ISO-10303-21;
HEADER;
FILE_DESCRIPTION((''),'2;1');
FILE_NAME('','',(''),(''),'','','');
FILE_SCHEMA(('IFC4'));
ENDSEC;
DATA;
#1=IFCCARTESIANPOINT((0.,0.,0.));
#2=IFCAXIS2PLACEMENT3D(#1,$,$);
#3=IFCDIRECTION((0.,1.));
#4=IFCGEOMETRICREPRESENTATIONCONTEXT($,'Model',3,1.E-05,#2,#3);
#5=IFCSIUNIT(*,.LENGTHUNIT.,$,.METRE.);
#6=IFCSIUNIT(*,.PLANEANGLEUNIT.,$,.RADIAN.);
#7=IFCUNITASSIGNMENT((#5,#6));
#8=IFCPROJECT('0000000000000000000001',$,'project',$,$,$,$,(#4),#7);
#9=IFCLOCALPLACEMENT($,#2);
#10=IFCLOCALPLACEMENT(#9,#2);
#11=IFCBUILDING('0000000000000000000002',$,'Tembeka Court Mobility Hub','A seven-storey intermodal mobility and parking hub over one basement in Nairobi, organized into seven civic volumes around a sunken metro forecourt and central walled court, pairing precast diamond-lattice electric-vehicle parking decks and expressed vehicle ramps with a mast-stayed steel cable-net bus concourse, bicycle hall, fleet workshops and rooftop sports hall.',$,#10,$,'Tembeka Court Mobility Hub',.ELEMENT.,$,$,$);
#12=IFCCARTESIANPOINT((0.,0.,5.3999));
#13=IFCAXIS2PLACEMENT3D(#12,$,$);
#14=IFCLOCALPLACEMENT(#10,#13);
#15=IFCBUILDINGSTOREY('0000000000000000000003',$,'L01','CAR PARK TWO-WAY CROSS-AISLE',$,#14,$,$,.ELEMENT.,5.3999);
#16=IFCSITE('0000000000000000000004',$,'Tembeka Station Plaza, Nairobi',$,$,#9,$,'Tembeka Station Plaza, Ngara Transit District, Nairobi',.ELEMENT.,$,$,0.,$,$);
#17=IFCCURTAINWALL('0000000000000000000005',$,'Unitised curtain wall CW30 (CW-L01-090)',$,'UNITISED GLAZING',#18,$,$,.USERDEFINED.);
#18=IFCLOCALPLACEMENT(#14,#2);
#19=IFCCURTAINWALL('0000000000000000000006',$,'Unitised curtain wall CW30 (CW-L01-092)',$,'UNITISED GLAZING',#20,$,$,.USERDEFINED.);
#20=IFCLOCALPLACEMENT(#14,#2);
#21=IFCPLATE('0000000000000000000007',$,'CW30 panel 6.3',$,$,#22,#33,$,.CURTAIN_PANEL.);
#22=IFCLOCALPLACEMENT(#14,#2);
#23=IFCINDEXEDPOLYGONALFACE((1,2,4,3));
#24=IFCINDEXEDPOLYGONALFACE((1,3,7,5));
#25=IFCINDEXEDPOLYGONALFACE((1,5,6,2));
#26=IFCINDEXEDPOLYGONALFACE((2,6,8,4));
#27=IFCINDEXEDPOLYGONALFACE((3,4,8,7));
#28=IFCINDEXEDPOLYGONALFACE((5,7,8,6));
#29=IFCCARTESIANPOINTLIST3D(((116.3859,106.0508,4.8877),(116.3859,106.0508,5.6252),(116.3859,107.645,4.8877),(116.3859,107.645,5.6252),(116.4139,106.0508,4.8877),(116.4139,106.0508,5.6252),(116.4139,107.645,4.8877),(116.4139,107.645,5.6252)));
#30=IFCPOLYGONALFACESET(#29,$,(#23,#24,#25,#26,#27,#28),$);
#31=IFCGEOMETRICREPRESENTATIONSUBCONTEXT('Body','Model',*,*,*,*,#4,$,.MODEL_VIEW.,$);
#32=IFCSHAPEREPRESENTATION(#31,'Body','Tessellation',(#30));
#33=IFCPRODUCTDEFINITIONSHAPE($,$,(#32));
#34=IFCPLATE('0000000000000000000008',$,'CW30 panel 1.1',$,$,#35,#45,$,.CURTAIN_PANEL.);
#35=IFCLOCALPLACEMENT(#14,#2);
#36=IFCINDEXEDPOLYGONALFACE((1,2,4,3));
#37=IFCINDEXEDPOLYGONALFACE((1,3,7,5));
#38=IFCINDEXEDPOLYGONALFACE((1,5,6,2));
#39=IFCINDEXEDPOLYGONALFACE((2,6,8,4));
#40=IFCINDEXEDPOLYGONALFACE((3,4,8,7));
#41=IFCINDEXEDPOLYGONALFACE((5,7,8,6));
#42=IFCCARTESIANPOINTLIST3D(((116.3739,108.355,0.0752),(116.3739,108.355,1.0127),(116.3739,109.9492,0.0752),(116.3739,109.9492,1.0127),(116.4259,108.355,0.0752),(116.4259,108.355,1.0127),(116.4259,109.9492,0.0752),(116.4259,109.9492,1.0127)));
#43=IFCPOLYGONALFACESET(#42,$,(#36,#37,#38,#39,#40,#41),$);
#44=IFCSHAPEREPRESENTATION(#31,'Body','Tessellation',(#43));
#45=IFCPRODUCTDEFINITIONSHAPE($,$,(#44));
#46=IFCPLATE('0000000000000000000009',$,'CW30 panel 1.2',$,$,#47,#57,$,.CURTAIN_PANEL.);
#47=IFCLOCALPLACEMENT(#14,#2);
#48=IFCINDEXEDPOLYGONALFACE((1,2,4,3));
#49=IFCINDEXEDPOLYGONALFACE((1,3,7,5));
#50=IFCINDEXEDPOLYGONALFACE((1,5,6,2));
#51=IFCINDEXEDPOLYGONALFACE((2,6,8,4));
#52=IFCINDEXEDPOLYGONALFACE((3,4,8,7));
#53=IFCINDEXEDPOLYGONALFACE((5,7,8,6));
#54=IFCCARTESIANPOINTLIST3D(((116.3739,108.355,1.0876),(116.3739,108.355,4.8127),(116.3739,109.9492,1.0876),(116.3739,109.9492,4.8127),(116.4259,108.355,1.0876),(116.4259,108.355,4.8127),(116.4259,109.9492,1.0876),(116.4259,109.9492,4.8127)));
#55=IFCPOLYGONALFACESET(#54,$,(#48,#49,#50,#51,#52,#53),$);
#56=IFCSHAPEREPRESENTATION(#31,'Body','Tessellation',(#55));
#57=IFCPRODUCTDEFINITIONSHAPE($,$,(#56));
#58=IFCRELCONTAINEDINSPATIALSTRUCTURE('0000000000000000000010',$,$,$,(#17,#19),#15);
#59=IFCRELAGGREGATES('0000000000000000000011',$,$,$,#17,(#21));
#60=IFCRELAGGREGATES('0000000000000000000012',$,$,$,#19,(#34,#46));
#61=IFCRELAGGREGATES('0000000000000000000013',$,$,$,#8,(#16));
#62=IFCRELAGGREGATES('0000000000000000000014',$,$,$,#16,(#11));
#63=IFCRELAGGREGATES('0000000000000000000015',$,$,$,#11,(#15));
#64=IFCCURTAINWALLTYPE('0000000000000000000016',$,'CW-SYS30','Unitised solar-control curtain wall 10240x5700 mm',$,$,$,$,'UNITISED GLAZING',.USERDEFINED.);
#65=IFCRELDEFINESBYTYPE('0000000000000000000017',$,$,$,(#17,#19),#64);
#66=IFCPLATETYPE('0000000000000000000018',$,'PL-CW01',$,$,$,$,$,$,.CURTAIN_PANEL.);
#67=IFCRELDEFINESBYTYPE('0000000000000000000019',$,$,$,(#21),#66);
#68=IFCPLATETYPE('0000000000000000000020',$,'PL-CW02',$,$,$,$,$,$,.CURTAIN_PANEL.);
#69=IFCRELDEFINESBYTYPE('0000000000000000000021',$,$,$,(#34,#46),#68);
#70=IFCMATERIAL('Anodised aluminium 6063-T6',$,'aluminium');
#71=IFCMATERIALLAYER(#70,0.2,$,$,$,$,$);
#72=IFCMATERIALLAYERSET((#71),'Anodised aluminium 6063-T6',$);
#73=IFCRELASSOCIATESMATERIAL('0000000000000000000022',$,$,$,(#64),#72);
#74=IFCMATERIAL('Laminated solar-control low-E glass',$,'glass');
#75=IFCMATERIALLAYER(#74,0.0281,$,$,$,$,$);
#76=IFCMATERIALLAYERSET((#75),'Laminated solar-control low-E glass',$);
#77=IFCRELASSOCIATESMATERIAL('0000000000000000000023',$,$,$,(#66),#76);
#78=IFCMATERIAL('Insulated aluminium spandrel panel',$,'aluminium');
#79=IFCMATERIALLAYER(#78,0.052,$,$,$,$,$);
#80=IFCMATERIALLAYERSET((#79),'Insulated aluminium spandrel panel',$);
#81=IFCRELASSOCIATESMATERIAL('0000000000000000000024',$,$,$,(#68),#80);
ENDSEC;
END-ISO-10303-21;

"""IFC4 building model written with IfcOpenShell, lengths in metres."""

from ifc_helpers import new_model, si_unit, direction, frame, origin, origin_2d, place, context, subcontext, project, spatial, rectangle, extrude, material, layer, layer_set, type_object, element, aggregate, save


model = new_model("IFC4")

# Units and contexts
model_context = context("Model", 3, precision=1e-05, world=origin(), true_north=direction((0.0, 1.0)))
body_context = subcontext(model_context, "Body", "Model", "MODEL_VIEW")
ifc_project = project(units=[si_unit("LENGTHUNIT", "METRE"), si_unit("PLANEANGLEUNIT", "RADIAN")], contexts=[model_context])

# Site, building, storey
site_placement = place(None, origin())
site = spatial("IfcSite", under=ifc_project, at=site_placement, Name="Tembeka Station Plaza, Nairobi", LongName="Tembeka Station Plaza, Ngara Transit District, Nairobi", CompositionType="ELEMENT", RefElevation=0.0)
building_placement = place(site_placement, origin())
building = spatial("IfcBuilding", under=site, at=building_placement, Name="Tembeka Court Mobility Hub", Description="A seven-storey intermodal mobility and parking hub over one basement in Nairobi, organized into seven civic volumes around a sunken metro forecourt and central walled court, pairing precast diamond-lattice electric-vehicle parking decks and expressed vehicle ramps with a mast-stayed steel cable-net bus concourse, bicycle hall, fleet workshops and rooftop sports hall.", LongName="Tembeka Court Mobility Hub", CompositionType="ELEMENT")
storey_placement = place(building_placement, frame((0.0, 0.0, 5.3999)))
storey = spatial("IfcBuildingStorey", under=building, at=storey_placement, Name="L01", Description="CAR PARK TWO-WAY CROSS-AISLE", CompositionType="ELEMENT", Elevation=5.3999)

# Curtain wall
ifc_material_1 = material(Name="Anodised aluminium 6063-T6", Category="aluminium")
ifc_layer_1 = layer(ifc_material_1, 0.2)
ifc_layer_set_1 = layer_set([ifc_layer_1], Name="Anodised aluminium 6063-T6")
curtain_wall_type = type_object("IfcCurtainWallType", Name="CW-SYS30", Description="Unitised solar-control curtain wall 10240x5700 mm", ElementType="UNITISED GLAZING", PredefinedType="USERDEFINED", material=ifc_layer_set_1)
curtain_wall_1_placement = place(storey_placement, origin())
curtain_wall_1 = element("IfcCurtainWall", 1, at=curtain_wall_1_placement, inside=storey, type_object=curtain_wall_type, Name="Unitised curtain wall CW30 (CW-L01-090)", ObjectType="UNITISED GLAZING", PredefinedType="USERDEFINED")

# Curtain wall
curtain_wall_2_placement = place(storey_placement, origin())
curtain_wall_2 = element("IfcCurtainWall", 2, at=curtain_wall_2_placement, inside=storey, type_object=curtain_wall_type, Name="Unitised curtain wall CW30 (CW-L01-092)", ObjectType="UNITISED GLAZING", PredefinedType="USERDEFINED")

# Plates
ifc_material_2 = material(Name="Laminated solar-control low-E glass", Category="glass")
ifc_layer_2 = layer(ifc_material_2, 0.0281)
ifc_layer_set_2 = layer_set([ifc_layer_2], Name="Laminated solar-control low-E glass")
plate_type_1 = type_object("IfcPlateType", Name="PL-CW01", PredefinedType="CURTAIN_PANEL", material=ifc_layer_set_2)
plate_1_placement = place(storey_placement, frame((116.3999, 106.8479, 4.8877), z_axis=(0.0, 0.0, 1.0), x_axis=(0.0, 1.0, 0.0)))
plate_1 = element("IfcPlate", 3, at=plate_1_placement, type_object=plate_type_1, Name="CW30 panel 6.3", PredefinedType="CURTAIN_PANEL", context=body_context, shape_type="SweptSolid", body=[
    extrude(rectangle(XDim=1.5942, YDim=0.0281, at=origin_2d()), origin(), (0.0, 0.0, 1.0), 0.7375),
])
aggregate(curtain_wall_1, [plate_1])
ifc_material_3 = material(Name="Insulated aluminium spandrel panel", Category="aluminium")
ifc_layer_3 = layer(ifc_material_3, 0.052)
ifc_layer_set_3 = layer_set([ifc_layer_3], Name="Insulated aluminium spandrel panel")
plate_type_2 = type_object("IfcPlateType", Name="PL-CW02", PredefinedType="CURTAIN_PANEL", material=ifc_layer_set_3)
plate_2_placement = place(storey_placement, frame((116.3999, 109.1521, 0.0752), z_axis=(0.0, 0.0, 1.0), x_axis=(0.0, 1.0, 0.0)))
plate_2 = element("IfcPlate", 4, at=plate_2_placement, type_object=plate_type_2, Name="CW30 panel 1.1", PredefinedType="CURTAIN_PANEL", context=body_context, shape_type="SweptSolid", body=[
    extrude(rectangle(XDim=1.5942, YDim=0.052, at=origin_2d()), origin(), (0.0, 0.0, 1.0), 0.9375),
])
plate_3_placement = place(storey_placement, frame((116.3999, 109.1521, 1.0876), z_axis=(0.0, 0.0, 1.0), x_axis=(0.0, 1.0, 0.0)))
plate_3 = element("IfcPlate", 5, at=plate_3_placement, type_object=plate_type_2, Name="CW30 panel 1.2", PredefinedType="CURTAIN_PANEL", context=body_context, shape_type="SweptSolid", body=[
    extrude(rectangle(XDim=1.5942, YDim=0.052, at=origin_2d()), origin(), (0.0, 0.0, 1.0), 3.7251),
])
aggregate(curtain_wall_2, [plate_2, plate_3])

save(model, "model.ifc")
